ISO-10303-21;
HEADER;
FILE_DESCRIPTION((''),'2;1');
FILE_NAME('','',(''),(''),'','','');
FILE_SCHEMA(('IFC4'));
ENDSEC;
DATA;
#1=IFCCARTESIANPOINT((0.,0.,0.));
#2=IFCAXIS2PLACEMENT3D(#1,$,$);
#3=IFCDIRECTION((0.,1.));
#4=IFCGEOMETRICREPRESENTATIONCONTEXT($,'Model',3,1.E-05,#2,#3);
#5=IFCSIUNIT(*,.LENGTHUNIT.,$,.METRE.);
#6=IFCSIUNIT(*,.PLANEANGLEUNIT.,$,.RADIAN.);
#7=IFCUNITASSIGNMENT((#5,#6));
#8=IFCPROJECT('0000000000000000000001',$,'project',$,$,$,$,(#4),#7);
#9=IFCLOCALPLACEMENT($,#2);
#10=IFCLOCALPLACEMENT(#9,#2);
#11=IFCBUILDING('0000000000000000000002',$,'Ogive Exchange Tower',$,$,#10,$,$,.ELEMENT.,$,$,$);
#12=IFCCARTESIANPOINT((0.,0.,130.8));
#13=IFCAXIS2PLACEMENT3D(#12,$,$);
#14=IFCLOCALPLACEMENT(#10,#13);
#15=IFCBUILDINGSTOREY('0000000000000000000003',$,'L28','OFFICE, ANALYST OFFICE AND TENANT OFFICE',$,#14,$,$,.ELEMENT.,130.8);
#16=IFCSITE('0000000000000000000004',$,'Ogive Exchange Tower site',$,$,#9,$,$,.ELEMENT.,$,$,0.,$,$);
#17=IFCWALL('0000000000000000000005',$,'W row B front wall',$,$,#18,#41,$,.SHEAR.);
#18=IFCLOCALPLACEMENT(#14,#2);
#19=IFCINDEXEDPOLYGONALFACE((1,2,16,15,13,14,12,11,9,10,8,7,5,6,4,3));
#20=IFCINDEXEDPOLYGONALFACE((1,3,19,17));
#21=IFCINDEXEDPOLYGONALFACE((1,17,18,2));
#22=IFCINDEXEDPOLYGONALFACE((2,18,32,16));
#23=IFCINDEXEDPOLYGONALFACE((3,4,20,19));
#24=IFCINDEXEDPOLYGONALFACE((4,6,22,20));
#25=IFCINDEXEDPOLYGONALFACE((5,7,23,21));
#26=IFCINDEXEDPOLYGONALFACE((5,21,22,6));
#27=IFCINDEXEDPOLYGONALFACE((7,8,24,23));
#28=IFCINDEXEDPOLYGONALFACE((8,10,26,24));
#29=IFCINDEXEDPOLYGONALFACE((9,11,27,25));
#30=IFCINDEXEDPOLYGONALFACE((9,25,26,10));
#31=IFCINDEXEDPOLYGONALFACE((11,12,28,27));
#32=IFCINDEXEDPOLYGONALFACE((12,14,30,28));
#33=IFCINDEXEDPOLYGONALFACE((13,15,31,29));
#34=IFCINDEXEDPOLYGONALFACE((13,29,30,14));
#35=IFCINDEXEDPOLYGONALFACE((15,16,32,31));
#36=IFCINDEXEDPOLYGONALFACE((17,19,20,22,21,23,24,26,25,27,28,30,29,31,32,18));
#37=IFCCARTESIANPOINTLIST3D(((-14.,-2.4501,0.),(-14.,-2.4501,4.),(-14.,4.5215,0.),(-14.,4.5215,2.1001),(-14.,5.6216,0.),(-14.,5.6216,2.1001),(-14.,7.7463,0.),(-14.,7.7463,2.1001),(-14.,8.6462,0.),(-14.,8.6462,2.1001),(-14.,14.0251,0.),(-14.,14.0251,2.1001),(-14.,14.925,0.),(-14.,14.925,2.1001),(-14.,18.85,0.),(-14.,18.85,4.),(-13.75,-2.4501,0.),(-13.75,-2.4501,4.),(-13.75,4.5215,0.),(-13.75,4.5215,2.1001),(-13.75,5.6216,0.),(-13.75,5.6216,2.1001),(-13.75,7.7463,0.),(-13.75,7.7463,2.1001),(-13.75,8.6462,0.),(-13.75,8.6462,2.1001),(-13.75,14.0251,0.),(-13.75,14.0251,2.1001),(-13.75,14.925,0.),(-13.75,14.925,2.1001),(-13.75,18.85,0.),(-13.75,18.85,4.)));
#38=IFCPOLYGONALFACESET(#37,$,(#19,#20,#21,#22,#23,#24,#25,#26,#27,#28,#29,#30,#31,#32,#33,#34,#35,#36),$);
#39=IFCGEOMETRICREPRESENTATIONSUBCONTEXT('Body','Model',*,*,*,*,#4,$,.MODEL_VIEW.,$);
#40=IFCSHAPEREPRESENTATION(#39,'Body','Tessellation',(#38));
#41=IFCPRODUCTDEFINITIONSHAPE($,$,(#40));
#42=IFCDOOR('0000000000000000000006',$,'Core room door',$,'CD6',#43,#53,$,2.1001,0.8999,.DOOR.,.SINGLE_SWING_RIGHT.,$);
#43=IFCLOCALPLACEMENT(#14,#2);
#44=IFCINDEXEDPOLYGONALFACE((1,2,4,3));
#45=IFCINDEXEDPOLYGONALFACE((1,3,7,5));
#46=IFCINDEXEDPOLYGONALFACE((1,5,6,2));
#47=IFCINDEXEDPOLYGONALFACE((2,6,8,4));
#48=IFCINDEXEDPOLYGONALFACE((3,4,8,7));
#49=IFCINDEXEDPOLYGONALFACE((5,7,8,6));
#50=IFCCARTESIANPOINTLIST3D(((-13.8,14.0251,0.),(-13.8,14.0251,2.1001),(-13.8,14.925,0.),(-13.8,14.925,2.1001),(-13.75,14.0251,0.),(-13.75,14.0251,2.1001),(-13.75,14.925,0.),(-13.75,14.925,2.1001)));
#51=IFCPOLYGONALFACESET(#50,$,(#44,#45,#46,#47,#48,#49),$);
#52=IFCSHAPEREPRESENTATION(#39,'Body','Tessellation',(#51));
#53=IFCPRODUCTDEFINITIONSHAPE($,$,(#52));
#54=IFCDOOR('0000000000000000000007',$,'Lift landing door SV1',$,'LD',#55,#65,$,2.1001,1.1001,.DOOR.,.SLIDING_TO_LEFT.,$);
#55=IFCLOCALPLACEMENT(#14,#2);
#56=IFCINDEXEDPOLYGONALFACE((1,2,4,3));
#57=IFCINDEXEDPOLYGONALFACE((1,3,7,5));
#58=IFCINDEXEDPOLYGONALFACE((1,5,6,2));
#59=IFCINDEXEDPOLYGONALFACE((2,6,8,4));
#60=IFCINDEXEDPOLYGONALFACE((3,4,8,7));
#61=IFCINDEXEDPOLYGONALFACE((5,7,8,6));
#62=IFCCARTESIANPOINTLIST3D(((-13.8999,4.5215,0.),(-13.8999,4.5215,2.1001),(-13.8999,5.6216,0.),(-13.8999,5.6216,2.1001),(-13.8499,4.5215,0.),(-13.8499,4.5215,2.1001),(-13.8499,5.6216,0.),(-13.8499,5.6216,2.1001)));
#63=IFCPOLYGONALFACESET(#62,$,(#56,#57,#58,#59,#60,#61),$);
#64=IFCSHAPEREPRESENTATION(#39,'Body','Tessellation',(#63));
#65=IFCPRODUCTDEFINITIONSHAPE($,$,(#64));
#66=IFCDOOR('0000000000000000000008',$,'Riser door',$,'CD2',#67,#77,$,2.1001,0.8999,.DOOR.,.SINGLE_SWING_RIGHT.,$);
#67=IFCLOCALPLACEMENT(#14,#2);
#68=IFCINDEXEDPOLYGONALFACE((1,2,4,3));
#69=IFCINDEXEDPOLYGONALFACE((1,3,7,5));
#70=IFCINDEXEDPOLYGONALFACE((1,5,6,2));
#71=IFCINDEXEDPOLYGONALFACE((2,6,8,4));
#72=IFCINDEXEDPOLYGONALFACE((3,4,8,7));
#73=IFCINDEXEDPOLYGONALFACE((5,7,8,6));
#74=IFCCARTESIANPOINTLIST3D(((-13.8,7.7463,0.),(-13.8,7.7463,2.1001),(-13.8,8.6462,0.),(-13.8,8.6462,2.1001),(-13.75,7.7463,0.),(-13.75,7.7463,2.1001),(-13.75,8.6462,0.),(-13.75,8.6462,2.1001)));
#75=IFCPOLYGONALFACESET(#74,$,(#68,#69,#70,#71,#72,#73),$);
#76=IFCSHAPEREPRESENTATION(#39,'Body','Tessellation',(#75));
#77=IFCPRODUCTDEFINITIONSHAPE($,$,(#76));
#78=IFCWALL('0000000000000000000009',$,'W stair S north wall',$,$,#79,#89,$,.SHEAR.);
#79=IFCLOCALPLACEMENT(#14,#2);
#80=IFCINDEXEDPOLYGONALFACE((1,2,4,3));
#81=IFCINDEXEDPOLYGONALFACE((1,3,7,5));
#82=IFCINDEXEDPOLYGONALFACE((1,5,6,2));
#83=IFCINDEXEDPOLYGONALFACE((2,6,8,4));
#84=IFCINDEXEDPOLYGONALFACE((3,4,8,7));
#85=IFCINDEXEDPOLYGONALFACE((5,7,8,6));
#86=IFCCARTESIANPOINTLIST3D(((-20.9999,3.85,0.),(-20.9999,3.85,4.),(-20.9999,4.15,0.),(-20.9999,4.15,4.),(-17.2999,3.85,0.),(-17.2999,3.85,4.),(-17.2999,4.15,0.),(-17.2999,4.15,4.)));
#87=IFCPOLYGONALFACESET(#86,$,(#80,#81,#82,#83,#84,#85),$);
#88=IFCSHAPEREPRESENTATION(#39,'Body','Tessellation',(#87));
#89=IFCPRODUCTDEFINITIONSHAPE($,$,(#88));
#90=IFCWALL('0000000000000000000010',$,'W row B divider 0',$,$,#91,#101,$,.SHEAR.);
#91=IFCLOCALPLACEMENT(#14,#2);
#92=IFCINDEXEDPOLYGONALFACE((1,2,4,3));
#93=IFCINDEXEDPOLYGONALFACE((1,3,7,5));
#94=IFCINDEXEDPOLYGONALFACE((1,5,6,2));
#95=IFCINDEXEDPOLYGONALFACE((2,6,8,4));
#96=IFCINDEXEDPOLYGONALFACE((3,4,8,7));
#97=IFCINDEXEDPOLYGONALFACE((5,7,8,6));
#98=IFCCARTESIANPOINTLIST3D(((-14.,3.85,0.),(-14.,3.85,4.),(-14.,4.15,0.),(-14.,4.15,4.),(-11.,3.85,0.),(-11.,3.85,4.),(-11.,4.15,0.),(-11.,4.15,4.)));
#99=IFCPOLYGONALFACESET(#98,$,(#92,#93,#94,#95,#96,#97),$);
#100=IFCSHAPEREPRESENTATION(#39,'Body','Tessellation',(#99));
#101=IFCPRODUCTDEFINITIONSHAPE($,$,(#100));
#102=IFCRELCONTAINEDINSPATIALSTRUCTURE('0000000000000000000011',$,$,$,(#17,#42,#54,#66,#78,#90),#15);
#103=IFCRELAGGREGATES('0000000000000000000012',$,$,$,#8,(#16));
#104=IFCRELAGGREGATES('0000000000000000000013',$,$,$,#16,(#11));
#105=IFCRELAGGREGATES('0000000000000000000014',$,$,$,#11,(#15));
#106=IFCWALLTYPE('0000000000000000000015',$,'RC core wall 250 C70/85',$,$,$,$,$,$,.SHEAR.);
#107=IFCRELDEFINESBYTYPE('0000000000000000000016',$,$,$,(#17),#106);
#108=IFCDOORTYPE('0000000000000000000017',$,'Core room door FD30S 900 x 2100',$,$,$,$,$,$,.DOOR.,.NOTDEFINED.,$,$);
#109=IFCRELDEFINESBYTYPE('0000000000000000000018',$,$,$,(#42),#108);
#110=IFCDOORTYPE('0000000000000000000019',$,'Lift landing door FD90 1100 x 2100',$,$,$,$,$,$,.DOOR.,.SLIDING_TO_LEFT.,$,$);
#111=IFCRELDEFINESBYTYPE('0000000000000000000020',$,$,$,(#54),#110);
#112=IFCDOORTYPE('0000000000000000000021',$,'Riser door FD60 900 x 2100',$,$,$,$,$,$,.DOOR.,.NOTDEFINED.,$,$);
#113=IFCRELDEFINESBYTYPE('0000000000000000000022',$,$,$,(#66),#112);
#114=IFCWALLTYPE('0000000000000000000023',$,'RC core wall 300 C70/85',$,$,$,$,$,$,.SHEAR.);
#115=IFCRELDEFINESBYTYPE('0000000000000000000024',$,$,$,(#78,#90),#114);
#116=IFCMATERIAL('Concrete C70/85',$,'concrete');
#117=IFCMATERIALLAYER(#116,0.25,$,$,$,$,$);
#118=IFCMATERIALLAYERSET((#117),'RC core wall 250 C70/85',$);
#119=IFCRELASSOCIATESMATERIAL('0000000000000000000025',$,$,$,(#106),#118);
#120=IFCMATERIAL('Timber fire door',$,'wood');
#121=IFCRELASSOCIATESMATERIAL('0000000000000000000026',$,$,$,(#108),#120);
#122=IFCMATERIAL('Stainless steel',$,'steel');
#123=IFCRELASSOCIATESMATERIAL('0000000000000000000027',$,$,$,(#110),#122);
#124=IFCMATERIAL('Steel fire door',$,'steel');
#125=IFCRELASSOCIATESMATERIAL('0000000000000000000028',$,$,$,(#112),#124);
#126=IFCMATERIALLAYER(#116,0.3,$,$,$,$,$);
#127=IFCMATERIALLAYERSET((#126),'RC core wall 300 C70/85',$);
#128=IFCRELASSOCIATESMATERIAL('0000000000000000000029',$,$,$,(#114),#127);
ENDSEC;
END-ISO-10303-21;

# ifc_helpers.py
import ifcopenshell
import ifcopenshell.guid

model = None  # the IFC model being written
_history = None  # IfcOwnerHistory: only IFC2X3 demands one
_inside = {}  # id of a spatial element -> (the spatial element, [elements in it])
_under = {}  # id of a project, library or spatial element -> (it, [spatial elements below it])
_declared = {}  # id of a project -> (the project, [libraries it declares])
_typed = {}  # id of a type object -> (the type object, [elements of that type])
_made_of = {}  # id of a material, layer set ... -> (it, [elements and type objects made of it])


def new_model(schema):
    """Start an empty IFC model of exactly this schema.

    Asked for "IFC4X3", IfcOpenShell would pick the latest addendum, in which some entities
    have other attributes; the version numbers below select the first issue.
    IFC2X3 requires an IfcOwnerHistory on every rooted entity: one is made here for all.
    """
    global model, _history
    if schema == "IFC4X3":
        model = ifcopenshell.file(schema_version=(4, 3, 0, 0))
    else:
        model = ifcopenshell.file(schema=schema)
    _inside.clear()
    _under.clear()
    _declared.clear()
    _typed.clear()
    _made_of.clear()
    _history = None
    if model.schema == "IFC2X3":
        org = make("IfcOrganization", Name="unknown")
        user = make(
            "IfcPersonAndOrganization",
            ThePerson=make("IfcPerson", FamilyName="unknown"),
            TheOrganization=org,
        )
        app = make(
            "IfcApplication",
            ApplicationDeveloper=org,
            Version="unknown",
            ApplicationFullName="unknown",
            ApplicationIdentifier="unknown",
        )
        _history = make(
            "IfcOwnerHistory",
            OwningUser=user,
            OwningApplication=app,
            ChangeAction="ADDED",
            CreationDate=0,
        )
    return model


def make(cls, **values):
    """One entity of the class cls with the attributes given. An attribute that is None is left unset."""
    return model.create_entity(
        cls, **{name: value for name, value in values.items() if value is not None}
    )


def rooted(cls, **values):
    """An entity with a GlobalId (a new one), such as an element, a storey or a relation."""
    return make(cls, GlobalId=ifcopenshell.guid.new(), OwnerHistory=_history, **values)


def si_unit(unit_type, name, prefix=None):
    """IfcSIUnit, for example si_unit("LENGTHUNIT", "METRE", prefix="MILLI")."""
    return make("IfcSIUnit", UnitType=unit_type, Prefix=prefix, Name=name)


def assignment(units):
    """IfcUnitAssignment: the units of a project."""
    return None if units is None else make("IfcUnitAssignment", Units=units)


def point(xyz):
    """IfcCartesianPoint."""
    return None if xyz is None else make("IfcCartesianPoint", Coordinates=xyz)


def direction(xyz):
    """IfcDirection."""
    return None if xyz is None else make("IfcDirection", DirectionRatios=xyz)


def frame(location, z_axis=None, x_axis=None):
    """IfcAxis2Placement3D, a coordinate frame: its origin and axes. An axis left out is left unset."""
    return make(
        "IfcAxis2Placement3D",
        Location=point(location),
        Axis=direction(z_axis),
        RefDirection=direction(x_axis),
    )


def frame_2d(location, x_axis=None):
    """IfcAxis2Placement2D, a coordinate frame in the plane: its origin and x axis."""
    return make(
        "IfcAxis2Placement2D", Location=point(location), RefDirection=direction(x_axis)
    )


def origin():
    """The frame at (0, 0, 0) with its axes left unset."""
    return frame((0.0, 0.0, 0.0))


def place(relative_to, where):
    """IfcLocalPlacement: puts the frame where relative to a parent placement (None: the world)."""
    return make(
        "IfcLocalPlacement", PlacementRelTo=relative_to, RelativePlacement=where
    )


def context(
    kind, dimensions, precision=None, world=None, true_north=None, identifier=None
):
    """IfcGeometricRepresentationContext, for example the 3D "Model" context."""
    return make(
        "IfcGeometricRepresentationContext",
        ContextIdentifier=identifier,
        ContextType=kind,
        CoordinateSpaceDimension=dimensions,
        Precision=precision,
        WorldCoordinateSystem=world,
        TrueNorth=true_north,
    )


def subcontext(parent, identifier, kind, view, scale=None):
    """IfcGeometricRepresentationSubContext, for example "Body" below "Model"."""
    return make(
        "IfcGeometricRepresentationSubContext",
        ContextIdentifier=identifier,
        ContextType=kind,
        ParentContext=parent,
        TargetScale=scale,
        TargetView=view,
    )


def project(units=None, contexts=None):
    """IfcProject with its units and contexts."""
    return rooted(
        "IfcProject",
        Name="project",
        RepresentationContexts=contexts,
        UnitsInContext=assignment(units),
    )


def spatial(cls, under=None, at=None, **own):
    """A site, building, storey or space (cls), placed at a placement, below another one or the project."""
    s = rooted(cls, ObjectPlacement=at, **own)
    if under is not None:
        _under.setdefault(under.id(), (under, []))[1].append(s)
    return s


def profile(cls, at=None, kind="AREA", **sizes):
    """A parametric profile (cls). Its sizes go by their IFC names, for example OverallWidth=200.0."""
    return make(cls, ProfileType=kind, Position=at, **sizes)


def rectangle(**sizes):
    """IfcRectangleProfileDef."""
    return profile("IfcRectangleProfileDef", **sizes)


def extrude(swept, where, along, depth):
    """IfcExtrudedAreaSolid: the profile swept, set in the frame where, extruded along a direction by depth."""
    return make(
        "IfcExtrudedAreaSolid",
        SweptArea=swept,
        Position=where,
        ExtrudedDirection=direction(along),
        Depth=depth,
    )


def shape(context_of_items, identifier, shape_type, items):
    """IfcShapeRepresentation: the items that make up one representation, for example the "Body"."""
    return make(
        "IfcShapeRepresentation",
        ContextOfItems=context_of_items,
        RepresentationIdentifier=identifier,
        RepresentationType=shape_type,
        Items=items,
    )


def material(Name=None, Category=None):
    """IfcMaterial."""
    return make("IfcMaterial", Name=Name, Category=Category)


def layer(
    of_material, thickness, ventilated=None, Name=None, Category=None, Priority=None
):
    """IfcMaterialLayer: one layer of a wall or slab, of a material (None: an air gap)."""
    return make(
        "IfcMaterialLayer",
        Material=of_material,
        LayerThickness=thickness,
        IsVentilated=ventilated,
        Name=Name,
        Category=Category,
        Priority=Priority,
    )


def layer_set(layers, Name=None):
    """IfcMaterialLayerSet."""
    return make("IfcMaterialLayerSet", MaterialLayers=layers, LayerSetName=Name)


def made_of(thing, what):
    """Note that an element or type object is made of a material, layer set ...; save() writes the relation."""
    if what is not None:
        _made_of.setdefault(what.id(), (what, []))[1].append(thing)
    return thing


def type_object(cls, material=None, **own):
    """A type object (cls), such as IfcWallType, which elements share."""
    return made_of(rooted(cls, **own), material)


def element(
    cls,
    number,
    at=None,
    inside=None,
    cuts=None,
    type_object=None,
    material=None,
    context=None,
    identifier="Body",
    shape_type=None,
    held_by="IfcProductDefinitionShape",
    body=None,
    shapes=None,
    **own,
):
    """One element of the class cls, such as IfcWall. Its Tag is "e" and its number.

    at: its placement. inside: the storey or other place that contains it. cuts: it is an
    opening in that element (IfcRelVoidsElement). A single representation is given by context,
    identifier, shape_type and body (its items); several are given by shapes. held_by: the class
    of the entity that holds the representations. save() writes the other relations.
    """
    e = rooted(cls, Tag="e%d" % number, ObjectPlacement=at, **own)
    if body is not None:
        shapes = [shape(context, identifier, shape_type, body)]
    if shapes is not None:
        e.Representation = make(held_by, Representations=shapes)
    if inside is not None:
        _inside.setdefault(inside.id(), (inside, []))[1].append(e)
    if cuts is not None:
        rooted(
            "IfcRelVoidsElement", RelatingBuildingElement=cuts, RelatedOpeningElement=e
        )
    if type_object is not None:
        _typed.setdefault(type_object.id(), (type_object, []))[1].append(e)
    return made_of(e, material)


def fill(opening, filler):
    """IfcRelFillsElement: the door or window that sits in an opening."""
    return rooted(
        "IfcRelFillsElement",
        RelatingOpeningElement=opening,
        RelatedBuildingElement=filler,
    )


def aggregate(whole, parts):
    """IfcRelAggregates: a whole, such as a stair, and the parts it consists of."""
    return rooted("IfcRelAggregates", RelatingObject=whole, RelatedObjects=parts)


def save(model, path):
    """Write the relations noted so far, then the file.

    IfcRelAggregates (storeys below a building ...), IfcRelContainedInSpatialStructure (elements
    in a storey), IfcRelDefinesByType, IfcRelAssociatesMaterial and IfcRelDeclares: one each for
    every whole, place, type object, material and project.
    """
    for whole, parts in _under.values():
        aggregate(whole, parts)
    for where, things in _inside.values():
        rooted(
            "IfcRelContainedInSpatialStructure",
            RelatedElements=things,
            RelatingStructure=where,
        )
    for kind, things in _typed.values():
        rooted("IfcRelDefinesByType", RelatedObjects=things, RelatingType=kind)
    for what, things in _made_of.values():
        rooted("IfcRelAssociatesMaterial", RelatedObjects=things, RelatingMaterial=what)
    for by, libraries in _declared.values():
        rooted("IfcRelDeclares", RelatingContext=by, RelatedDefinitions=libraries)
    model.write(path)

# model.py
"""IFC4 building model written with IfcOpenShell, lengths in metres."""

from ifc_helpers import new_model, si_unit, direction, frame, frame_2d, origin, place, context, subcontext, project, spatial, rectangle, extrude, material, layer, layer_set, type_object, element, fill, save


model = new_model("IFC4")

# Units and contexts
model_context = context("Model", 3, precision=1e-05, world=origin(), true_north=direction((0.0, 1.0)))
body_context = subcontext(model_context, "Body", "Model", "MODEL_VIEW")
ifc_project = project(units=[si_unit("LENGTHUNIT", "METRE"), si_unit("PLANEANGLEUNIT", "RADIAN")], contexts=[model_context])

# Site, building, storey
site_placement = place(None, origin())
site = spatial("IfcSite", under=ifc_project, at=site_placement, Name="Ogive Exchange Tower site", CompositionType="ELEMENT", RefElevation=0.0)
building_placement = place(site_placement, origin())
building = spatial("IfcBuilding", under=site, at=building_placement, Name="Ogive Exchange Tower", CompositionType="ELEMENT")
storey_placement = place(building_placement, frame((0.0, 0.0, 130.8)))
storey = spatial("IfcBuildingStorey", under=building, at=storey_placement, Name="L28", Description="OFFICE, ANALYST OFFICE AND TENANT OFFICE", CompositionType="ELEMENT", Elevation=130.8)

# Shared definitions
ifc_material_1 = material(Name="Concrete C70/85", Category="concrete")
ifc_layer_1 = layer(ifc_material_1, 0.25)
ifc_layer_set_1 = layer_set([ifc_layer_1], Name="RC core wall 250 C70/85")
wall_type_1 = type_object("IfcWallType", Name="RC core wall 250 C70/85", PredefinedType="SHEAR", material=ifc_layer_set_1)
ifc_material_2 = material(Name="Steel fire door", Category="steel")

# Wall, openings, doors
wall_1_placement = place(storey_placement, frame((-13.875, -2.45, 0.0), z_axis=(0.0, 0.0, 1.0), x_axis=(0.0, 1.0, 0.0)))
wall_1 = element("IfcWall", 1, at=wall_1_placement, inside=storey, type_object=wall_type_1, Name="W row B front wall", PredefinedType="SHEAR", context=body_context, shape_type="SweptSolid", body=[
    extrude(rectangle(XDim=21.3, YDim=0.25, at=frame_2d((10.6499, 0.0))), origin(), (0.0, 0.0, 1.0), 4.0),
])
opening_1_placement = place(wall_1_placement, frame((10.1963, 0.0, 0.0)))
opening_1 = element("IfcOpeningElement", 2, at=opening_1_placement, cuts=wall_1, PredefinedType="OPENING", context=body_context, shape_type="SweptSolid", body=[
    extrude(rectangle(XDim=0.8999, YDim=2.1001, at=frame_2d((0.45, 1.05))), frame((0.0, 0.135, 0.0), z_axis=(0.0, -1.0, 0.0), x_axis=(1.0, 0.0, 0.0)), (0.0, 0.0, 1.0), 0.27),
])
opening_2_placement = place(wall_1_placement, frame((16.4751, 0.0, 0.0)))
opening_2 = element("IfcOpeningElement", 3, at=opening_2_placement, cuts=wall_1, PredefinedType="OPENING", context=body_context, shape_type="SweptSolid", body=[
    extrude(rectangle(XDim=0.8999, YDim=2.1001, at=frame_2d((0.45, 1.05))), frame((0.0, 0.135, 0.0), z_axis=(0.0, -1.0, 0.0), x_axis=(1.0, 0.0, 0.0)), (0.0, 0.0, 1.0), 0.27),
])
opening_3_placement = place(wall_1_placement, frame((6.9714, 0.0, 0.0)))
opening_3 = element("IfcOpeningElement", 4, at=opening_3_placement, cuts=wall_1, PredefinedType="OPENING", context=body_context, shape_type="SweptSolid", body=[
    extrude(rectangle(XDim=1.1001, YDim=2.1001, at=frame_2d((0.55, 1.05))), frame((0.0, 0.135, 0.0), z_axis=(0.0, -1.0, 0.0), x_axis=(1.0, 0.0, 0.0)), (0.0, 0.0, 1.0), 0.27),
])
ifc_material_3 = material(Name="Timber fire door", Category="wood")
door_type_1 = type_object("IfcDoorType", Name="Core room door FD30S 900 x 2100", OperationType="NOTDEFINED", PredefinedType="DOOR", material=ifc_material_3)
door_1_placement = place(opening_2_placement, frame((0.8999, -0.2002, 0.0), z_axis=(0.0, 0.0, 1.0), x_axis=(-1.0, 0.0, 0.0)))
door_1 = element("IfcDoor", 5, at=door_1_placement, inside=storey, type_object=door_type_1, Name="Core room door", ObjectType="CD6", OperationType="SINGLE_SWING_RIGHT", OverallHeight=2.1001, OverallWidth=0.8999, PredefinedType="DOOR", context=body_context, shape_type="SweptSolid", body=[
    extrude(rectangle(XDim=0.8999, YDim=2.1001, at=frame_2d((0.45, 1.05))), frame((0.0, -0.0752, 0.0), z_axis=(0.0, -1.0, 0.0), x_axis=(1.0, 0.0, 0.0)), (0.0, 0.0, 1.0), 0.05),
])
fill(opening_2, door_1)
ifc_material_4 = material(Name="Stainless steel", Category="steel")
door_type_2 = type_object("IfcDoorType", Name="Lift landing door FD90 1100 x 2100", OperationType="SLIDING_TO_LEFT", PredefinedType="DOOR", material=ifc_material_4)
door_2_placement = place(opening_3_placement, origin())
door_2 = element("IfcDoor", 6, at=door_2_placement, inside=storey, type_object=door_type_2, Name="Lift landing door SV1", ObjectType="LD", OperationType="SLIDING_TO_LEFT", OverallHeight=2.1001, OverallWidth=1.1001, PredefinedType="DOOR", context=body_context, shape_type="SweptSolid", body=[
    extrude(rectangle(XDim=1.1001, YDim=2.1001, at=frame_2d((0.55, 1.05))), frame((0.0, 0.0249, 0.0), z_axis=(0.0, -1.0, 0.0), x_axis=(1.0, 0.0, 0.0)), (0.0, 0.0, 1.0), 0.05),
])
fill(opening_3, door_2)
door_type_3 = type_object("IfcDoorType", Name="Riser door FD60 900 x 2100", OperationType="NOTDEFINED", PredefinedType="DOOR", material=ifc_material_2)
door_3_placement = place(opening_1_placement, frame((0.8999, -0.2002, 0.0), z_axis=(0.0, 0.0, 1.0), x_axis=(-1.0, 0.0, 0.0)))
door_3 = element("IfcDoor", 7, at=door_3_placement, inside=storey, type_object=door_type_3, Name="Riser door", ObjectType="CD2", OperationType="SINGLE_SWING_RIGHT", OverallHeight=2.1001, OverallWidth=0.8999, PredefinedType="DOOR", context=body_context, shape_type="SweptSolid", body=[
    extrude(rectangle(XDim=0.8999, YDim=2.1001, at=frame_2d((0.45, 1.05))), frame((0.0, -0.0752, 0.0), z_axis=(0.0, -1.0, 0.0), x_axis=(1.0, 0.0, 0.0)), (0.0, 0.0, 1.0), 0.05),
])
fill(opening_1, door_3)

# Walls
ifc_layer_2 = layer(ifc_material_1, 0.3)
ifc_layer_set_2 = layer_set([ifc_layer_2], Name="RC core wall 300 C70/85")
wall_type_2 = type_object("IfcWallType", Name="RC core wall 300 C70/85", PredefinedType="SHEAR", material=ifc_layer_set_2)
wall_2_placement = place(storey_placement, frame((-21.0, 4.0, 0.0), z_axis=(0.0, 0.0, 1.0), x_axis=(1.0, 0.0, 0.0)))
element("IfcWall", 8, at=wall_2_placement, inside=storey, type_object=wall_type_2, Name="W stair S north wall", PredefinedType="SHEAR", context=body_context, shape_type="SweptSolid", body=[
    extrude(rectangle(XDim=3.7, YDim=0.3, at=frame_2d((1.8501, 0.0))), origin(), (0.0, 0.0, 1.0), 4.0),
])
wall_3_placement = place(storey_placement, frame((-14.0, 4.0, 0.0), z_axis=(0.0, 0.0, 1.0), x_axis=(1.0, 0.0, 0.0)))
element("IfcWall", 9, at=wall_3_placement, inside=storey, type_object=wall_type_2, Name="W row B divider 0", PredefinedType="SHEAR", context=body_context, shape_type="SweptSolid", body=[
    extrude(rectangle(XDim=3.0, YDim=0.3, at=frame_2d((1.5, 0.0))), origin(), (0.0, 0.0, 1.0), 4.0),
])

save(model, "model.ifc")
